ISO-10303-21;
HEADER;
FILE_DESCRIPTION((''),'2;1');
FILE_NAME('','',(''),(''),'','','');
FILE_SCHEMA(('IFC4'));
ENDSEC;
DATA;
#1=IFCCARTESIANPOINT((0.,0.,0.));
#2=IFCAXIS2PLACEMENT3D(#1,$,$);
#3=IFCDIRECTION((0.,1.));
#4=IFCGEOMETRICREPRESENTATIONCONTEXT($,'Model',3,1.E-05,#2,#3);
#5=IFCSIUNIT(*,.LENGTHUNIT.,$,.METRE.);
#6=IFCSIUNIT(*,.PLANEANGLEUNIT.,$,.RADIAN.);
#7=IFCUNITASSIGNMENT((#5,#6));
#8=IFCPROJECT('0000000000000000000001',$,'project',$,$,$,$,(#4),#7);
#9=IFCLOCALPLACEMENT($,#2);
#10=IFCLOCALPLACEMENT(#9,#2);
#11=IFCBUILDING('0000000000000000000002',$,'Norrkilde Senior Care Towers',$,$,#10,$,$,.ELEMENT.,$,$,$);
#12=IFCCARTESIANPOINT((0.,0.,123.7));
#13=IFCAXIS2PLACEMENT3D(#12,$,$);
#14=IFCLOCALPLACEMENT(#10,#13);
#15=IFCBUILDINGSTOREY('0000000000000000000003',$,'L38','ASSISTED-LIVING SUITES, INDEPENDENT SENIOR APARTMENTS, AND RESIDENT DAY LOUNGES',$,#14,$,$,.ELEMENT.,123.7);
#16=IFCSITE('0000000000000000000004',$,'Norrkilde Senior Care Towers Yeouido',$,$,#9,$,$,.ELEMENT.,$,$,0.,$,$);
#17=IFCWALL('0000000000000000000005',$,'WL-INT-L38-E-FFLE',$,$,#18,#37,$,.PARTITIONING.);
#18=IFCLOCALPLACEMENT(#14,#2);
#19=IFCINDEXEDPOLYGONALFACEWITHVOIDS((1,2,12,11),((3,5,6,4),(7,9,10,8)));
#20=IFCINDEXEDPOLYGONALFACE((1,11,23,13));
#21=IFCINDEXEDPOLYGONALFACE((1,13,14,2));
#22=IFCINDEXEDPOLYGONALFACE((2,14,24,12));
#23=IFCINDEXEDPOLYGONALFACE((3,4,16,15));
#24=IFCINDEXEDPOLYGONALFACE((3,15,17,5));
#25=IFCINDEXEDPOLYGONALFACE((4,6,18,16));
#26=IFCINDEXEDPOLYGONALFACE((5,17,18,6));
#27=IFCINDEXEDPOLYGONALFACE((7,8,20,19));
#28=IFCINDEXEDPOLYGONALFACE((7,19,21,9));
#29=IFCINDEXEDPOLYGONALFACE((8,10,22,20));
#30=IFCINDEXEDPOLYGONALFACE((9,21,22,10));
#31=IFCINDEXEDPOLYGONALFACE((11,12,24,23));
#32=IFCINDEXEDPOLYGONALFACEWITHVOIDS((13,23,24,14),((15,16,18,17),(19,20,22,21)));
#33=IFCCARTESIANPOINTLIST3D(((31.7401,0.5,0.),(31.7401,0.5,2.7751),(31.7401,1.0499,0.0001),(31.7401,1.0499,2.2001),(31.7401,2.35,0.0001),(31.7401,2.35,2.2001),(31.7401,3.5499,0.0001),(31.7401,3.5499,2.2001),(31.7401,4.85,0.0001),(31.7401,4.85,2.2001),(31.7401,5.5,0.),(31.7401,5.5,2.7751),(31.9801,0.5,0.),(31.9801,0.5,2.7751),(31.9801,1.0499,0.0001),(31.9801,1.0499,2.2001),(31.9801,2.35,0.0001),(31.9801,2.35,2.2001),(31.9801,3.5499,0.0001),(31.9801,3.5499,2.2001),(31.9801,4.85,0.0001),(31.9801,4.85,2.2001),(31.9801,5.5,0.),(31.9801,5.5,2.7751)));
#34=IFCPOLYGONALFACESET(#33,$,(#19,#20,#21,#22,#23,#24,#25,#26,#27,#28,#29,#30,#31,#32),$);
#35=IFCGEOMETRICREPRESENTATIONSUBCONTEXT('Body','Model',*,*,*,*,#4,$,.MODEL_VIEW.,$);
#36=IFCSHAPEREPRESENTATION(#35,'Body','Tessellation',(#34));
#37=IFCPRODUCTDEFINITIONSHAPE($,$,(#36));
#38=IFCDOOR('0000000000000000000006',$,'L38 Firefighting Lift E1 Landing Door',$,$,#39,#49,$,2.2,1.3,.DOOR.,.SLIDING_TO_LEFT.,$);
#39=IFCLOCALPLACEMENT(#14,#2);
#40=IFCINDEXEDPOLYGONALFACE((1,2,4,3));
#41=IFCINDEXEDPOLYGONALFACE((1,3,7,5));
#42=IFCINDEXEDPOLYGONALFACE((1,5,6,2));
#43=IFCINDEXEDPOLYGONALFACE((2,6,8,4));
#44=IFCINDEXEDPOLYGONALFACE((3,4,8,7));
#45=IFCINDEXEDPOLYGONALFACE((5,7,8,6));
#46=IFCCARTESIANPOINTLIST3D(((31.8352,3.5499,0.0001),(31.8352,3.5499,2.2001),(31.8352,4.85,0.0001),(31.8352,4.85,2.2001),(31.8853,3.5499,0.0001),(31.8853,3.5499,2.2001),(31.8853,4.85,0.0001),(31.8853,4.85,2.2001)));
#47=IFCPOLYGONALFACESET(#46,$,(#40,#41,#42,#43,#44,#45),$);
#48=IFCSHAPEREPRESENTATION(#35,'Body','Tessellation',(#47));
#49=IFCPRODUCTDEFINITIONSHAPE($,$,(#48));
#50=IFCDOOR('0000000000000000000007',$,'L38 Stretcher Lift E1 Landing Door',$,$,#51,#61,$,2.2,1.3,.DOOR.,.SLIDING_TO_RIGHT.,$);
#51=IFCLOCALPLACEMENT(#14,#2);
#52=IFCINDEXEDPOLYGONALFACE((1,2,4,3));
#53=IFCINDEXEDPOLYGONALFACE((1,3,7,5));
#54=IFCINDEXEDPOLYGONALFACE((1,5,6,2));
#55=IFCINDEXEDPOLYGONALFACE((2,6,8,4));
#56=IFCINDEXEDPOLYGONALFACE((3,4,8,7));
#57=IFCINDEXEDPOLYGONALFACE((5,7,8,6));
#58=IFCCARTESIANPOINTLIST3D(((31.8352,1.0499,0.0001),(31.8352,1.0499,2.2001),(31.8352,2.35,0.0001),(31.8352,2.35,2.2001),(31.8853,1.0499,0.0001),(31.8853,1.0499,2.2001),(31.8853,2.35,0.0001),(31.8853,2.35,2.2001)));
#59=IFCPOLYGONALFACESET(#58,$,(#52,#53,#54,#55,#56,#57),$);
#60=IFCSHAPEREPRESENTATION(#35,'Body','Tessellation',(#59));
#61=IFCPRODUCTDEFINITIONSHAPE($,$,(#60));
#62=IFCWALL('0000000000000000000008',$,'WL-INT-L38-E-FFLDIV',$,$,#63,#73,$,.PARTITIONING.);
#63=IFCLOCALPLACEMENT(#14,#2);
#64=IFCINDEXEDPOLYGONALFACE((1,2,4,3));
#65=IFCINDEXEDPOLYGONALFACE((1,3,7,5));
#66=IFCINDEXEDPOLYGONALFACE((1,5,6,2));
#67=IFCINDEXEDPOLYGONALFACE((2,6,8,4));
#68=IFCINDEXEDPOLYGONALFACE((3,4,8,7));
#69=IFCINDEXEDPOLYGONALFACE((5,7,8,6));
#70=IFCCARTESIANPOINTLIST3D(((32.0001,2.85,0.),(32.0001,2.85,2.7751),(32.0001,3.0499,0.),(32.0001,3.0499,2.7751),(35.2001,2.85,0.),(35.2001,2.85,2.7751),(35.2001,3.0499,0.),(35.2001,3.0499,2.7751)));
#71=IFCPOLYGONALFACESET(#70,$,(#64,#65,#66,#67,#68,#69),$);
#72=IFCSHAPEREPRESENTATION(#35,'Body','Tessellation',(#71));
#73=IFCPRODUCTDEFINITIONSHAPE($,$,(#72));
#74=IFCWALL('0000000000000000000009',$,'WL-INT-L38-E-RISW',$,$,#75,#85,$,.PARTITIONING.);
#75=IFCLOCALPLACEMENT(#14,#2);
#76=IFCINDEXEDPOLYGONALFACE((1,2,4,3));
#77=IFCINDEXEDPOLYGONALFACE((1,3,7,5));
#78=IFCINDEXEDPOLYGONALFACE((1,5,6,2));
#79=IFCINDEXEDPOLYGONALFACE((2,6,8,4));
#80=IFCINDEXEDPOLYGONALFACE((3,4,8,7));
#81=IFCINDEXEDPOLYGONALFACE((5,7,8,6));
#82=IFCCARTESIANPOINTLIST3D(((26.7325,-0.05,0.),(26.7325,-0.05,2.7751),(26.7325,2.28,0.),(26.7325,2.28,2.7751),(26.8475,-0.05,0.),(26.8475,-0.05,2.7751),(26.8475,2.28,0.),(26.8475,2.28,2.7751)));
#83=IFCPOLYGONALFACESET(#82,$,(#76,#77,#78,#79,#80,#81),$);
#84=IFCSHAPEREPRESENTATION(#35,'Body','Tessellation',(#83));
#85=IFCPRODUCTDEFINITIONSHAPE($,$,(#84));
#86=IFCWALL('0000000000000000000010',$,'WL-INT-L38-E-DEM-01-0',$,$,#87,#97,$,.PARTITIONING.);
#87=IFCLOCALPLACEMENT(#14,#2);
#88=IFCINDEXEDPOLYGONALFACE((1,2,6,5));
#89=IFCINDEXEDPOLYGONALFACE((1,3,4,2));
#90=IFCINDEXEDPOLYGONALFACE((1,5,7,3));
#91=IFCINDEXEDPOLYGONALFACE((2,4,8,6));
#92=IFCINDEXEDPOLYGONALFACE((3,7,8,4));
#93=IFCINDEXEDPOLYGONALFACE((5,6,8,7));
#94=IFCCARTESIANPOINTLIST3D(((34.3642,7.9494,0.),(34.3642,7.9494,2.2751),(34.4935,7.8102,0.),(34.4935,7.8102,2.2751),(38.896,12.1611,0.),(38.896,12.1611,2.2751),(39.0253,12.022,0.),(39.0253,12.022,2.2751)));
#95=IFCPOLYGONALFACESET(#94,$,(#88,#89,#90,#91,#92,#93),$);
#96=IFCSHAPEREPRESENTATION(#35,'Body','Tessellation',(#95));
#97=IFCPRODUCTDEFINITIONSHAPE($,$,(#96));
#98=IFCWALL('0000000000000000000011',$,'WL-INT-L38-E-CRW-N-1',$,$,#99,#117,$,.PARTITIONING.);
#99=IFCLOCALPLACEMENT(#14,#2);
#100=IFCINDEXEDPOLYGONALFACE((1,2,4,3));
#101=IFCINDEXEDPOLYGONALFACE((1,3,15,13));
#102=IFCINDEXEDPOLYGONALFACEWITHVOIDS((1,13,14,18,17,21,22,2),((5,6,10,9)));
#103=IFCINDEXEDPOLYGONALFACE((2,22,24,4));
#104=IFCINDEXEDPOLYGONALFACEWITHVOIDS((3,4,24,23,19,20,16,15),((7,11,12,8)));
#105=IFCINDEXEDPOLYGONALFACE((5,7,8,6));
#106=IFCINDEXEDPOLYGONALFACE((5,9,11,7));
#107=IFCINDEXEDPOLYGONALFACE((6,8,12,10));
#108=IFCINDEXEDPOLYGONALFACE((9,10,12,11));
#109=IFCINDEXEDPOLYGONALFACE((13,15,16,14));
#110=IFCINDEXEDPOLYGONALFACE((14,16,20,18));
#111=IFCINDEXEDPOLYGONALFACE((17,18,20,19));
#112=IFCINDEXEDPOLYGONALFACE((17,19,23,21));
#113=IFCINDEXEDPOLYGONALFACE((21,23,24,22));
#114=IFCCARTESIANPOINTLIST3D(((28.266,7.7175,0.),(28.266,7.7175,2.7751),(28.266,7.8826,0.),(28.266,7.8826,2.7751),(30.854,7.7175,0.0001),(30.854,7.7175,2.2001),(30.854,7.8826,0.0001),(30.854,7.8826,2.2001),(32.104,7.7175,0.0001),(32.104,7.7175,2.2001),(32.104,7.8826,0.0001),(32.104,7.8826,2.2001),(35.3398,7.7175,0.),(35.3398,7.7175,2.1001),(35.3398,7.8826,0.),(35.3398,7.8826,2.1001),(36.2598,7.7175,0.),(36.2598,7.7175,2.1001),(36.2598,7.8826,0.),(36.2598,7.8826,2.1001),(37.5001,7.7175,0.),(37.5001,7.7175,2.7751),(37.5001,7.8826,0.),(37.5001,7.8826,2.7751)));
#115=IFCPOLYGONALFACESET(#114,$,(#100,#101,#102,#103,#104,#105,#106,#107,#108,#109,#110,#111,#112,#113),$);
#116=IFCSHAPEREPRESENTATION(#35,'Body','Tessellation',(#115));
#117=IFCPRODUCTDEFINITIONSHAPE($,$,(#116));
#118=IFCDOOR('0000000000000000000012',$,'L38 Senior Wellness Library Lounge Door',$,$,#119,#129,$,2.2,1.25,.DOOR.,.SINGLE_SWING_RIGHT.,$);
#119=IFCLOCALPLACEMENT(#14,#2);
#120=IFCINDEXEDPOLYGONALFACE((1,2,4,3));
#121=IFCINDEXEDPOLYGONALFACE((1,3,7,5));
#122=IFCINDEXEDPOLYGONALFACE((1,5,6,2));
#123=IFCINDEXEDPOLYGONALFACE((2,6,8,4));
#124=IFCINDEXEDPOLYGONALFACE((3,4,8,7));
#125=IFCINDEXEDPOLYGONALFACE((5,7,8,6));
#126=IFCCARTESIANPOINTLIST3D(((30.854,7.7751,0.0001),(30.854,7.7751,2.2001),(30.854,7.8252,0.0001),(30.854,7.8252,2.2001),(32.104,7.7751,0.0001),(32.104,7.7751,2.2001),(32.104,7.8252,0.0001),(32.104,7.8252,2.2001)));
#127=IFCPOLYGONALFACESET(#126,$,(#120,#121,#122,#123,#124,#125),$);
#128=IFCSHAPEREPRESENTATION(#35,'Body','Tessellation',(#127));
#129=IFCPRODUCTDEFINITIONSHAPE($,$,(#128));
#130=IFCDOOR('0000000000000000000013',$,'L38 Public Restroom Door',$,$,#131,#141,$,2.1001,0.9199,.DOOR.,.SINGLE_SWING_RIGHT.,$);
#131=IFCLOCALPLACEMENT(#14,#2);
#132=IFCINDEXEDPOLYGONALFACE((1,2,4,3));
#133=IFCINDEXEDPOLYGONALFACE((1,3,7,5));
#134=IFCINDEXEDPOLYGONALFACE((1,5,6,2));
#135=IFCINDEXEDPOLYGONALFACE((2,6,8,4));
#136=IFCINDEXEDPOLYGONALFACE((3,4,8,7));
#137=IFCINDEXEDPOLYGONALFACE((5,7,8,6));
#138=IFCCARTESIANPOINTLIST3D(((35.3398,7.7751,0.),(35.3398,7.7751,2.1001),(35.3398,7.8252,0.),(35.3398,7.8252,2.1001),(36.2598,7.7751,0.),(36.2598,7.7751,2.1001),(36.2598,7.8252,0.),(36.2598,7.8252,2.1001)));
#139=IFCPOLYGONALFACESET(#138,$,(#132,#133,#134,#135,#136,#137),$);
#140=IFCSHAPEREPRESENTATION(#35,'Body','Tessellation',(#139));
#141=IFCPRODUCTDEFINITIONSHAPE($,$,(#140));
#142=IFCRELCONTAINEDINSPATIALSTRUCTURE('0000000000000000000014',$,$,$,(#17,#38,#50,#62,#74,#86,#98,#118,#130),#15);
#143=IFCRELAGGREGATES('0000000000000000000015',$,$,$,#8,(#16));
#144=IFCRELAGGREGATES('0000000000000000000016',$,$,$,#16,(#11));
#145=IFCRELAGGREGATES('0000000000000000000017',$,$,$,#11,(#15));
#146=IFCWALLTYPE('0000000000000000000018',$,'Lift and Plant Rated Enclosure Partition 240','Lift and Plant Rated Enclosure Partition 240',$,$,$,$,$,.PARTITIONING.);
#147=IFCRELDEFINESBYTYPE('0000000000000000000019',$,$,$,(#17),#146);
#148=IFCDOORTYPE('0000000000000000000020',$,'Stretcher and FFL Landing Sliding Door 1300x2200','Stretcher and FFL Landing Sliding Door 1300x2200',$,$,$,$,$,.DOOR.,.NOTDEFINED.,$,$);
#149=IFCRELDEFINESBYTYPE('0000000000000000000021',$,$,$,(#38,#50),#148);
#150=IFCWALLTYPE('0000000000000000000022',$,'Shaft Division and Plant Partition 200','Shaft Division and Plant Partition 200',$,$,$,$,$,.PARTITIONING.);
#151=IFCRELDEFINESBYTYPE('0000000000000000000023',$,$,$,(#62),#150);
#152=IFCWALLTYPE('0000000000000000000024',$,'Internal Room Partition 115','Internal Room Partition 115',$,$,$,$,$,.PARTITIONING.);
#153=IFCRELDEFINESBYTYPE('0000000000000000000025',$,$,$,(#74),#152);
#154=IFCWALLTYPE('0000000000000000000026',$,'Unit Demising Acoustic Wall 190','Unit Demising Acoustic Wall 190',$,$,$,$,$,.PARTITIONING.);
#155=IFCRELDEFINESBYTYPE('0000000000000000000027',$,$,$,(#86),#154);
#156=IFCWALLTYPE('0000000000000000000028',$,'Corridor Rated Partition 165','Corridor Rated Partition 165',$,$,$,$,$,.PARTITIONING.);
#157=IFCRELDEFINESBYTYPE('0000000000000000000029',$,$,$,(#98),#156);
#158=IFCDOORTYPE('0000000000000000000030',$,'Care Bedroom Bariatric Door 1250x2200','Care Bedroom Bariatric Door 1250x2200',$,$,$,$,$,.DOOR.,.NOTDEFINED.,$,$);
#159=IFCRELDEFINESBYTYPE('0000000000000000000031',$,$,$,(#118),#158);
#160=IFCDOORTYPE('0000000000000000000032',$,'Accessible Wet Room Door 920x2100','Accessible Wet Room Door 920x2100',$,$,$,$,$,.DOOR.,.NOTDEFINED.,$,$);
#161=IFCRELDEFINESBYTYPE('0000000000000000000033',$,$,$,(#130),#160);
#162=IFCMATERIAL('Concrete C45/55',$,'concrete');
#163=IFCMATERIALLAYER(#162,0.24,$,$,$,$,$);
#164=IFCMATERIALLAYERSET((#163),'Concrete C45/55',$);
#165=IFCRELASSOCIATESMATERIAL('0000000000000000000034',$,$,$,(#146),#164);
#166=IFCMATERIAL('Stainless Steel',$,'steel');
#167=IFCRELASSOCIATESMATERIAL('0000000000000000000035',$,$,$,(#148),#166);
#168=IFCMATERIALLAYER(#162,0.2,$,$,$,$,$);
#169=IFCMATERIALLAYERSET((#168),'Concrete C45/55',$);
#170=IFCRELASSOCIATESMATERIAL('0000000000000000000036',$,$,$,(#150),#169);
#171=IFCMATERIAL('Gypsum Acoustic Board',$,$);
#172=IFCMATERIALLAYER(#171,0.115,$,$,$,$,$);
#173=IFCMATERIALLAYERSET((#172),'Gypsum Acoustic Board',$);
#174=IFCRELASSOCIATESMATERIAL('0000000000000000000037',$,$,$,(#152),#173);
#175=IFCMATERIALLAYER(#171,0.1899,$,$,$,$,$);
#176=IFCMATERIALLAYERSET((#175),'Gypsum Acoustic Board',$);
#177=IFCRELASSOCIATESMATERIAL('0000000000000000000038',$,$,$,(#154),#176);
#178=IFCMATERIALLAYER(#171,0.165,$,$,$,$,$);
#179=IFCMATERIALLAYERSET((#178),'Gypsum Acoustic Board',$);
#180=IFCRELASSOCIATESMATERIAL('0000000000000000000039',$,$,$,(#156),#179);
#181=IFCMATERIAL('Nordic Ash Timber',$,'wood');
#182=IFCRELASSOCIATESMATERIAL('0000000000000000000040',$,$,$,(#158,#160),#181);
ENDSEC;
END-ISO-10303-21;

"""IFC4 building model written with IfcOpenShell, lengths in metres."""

from ifc_helpers import new_model, si_unit, direction, frame, frame_2d, origin, place, context, subcontext, project, spatial, rectangle, extrude, source, transform, mapped, material, layer, layer_set, type_object, type_shapes, element, fill, save


model = new_model("IFC4")

# Units and contexts
model_context = context("Model", 3, precision=1e-05, world=origin(), true_north=direction((0.0, 1.0)))
body_context = subcontext(model_context, "Body", "Model", "MODEL_VIEW")
ifc_project = project(units=[si_unit("LENGTHUNIT", "METRE"), si_unit("PLANEANGLEUNIT", "RADIAN")], contexts=[model_context])

# Site, building, storey
site_placement = place(None, origin())
site = spatial("IfcSite", under=ifc_project, at=site_placement, Name="Norrkilde Senior Care Towers Yeouido", CompositionType="ELEMENT", RefElevation=0.0)
building_placement = place(site_placement, origin())
building = spatial("IfcBuilding", under=site, at=building_placement, Name="Norrkilde Senior Care Towers", CompositionType="ELEMENT")
storey_placement = place(building_placement, frame((0.0, 0.0, 123.7)))
storey = spatial("IfcBuildingStorey", under=building, at=storey_placement, Name="L38", Description="ASSISTED-LIVING SUITES, INDEPENDENT SENIOR APARTMENTS, AND RESIDENT DAY LOUNGES", CompositionType="ELEMENT", Elevation=123.7)

# Wall, openings, doors
ifc_material_1 = material(Name="Concrete C45/55", Category="concrete")
ifc_layer_1 = layer(ifc_material_1, 0.24)
ifc_layer_set_1 = layer_set([ifc_layer_1], Name="Concrete C45/55")
wall_type_1 = type_object("IfcWallType", Name="Lift and Plant Rated Enclosure Partition 240", Description="Lift and Plant Rated Enclosure Partition 240", PredefinedType="PARTITIONING", material=ifc_layer_set_1)
shared_shape_1 = source(origin(), body_context, "Body", "SweptSolid", [
    extrude(rectangle(XDim=5.0, YDim=0.24, at=frame_2d((2.5, 0.0))), origin(), (0.0, 0.0, 1.0), 2.7751),
])
type_shapes(wall_type_1, [shared_shape_1])
wall_1_placement = place(storey_placement, frame((31.8601, 0.5, 0.0), z_axis=(0.0, 0.0, 1.0), x_axis=(0.0, 1.0, 0.0)))
wall_1 = element("IfcWall", 1, at=wall_1_placement, inside=storey, type_object=wall_type_1, Name="WL-INT-L38-E-FFLE", PredefinedType="PARTITIONING", context=body_context, shape_type="MappedRepresentation", body=[
    mapped(shared_shape_1, transform((0.0, 0.0, 0.0), x_axis=(1.0, 0.0, 0.0), y_axis=(0.0, 1.0, 0.0), z_axis=(0.0, 0.0, 1.0), scale=1.0)),
])
opening_1_placement = place(wall_1_placement, frame((3.05, 0.0, 0.0)))
opening_1 = element("IfcOpeningElement", 2, at=opening_1_placement, cuts=wall_1, PredefinedType="OPENING", context=body_context, shape_type="SweptSolid", body=[
    extrude(rectangle(XDim=1.3, YDim=2.2, at=frame_2d((0.6499, 1.1001))), frame((0.0, 0.1299, 0.0), z_axis=(0.0, -1.0, 0.0), x_axis=(1.0, 0.0, 0.0)), (0.0, 0.0, 1.0), 0.26),
])
opening_2_placement = place(wall_1_placement, frame((0.55, 0.0, 0.0)))
opening_2 = element("IfcOpeningElement", 3, at=opening_2_placement, cuts=wall_1, PredefinedType="OPENING", context=body_context, shape_type="SweptSolid", body=[
    extrude(rectangle(XDim=1.3, YDim=2.2, at=frame_2d((0.6499, 1.1001))), frame((0.0, 0.1299, 0.0), z_axis=(0.0, -1.0, 0.0), x_axis=(1.0, 0.0, 0.0)), (0.0, 0.0, 1.0), 0.26),
])
ifc_material_2 = material(Name="Stainless Steel", Category="steel")
door_type_1 = type_object("IfcDoorType", Name="Stretcher and FFL Landing Sliding Door 1300x2200", Description="Stretcher and FFL Landing Sliding Door 1300x2200", OperationType="NOTDEFINED", PredefinedType="DOOR", material=ifc_material_2)
shared_shape_2 = source(origin(), body_context, "Body", "SweptSolid", [
    extrude(rectangle(XDim=1.3, YDim=2.2, at=frame_2d((0.6499, 1.1001))), frame((0.0, 0.0249, 0.0), z_axis=(0.0, -1.0, 0.0), x_axis=(1.0, 0.0, 0.0)), (0.0, 0.0, 1.0), 0.05),
])
type_shapes(door_type_1, [shared_shape_2])
door_1_placement = place(opening_1_placement, origin())
door_1 = element("IfcDoor", 4, at=door_1_placement, inside=storey, type_object=door_type_1, Name="L38 Firefighting Lift E1 Landing Door", OperationType="SLIDING_TO_LEFT", OverallHeight=2.2, OverallWidth=1.3, PredefinedType="DOOR", context=body_context, shape_type="MappedRepresentation", body=[
    mapped(shared_shape_2, transform((0.0, 0.0, 0.0), x_axis=(1.0, 0.0, 0.0), y_axis=(0.0, 1.0, 0.0), z_axis=(0.0, 0.0, 1.0), scale=1.0)),
])
fill(opening_1, door_1)
door_2_placement = place(opening_2_placement, origin())
door_2 = element("IfcDoor", 5, at=door_2_placement, inside=storey, type_object=door_type_1, Name="L38 Stretcher Lift E1 Landing Door", OperationType="SLIDING_TO_RIGHT", OverallHeight=2.2, OverallWidth=1.3, PredefinedType="DOOR", context=body_context, shape_type="MappedRepresentation", body=[
    mapped(shared_shape_2, transform((0.0, 0.0, 0.0), x_axis=(1.0, 0.0, 0.0), y_axis=(0.0, 1.0, 0.0), z_axis=(0.0, 0.0, 1.0), scale=1.0)),
])
fill(opening_2, door_2)

# Wall
ifc_layer_2 = layer(ifc_material_1, 0.2)
ifc_layer_set_2 = layer_set([ifc_layer_2], Name="Concrete C45/55")
wall_type_2 = type_object("IfcWallType", Name="Shaft Division and Plant Partition 200", Description="Shaft Division and Plant Partition 200", PredefinedType="PARTITIONING", material=ifc_layer_set_2)
shared_shape_3 = source(origin(), body_context, "Body", "SweptSolid", [
    extrude(rectangle(XDim=3.2, YDim=0.2, at=frame_2d((1.6001, 0.0))), origin(), (0.0, 0.0, 1.0), 2.7751),
])
type_shapes(wall_type_2, [shared_shape_3])
wall_2_placement = place(storey_placement, frame((32.0, 2.95, 0.0), z_axis=(0.0, 0.0, 1.0), x_axis=(1.0, 0.0, 0.0)))
element("IfcWall", 6, at=wall_2_placement, inside=storey, type_object=wall_type_2, Name="WL-INT-L38-E-FFLDIV", PredefinedType="PARTITIONING", context=body_context, shape_type="MappedRepresentation", body=[
    mapped(shared_shape_3, transform((0.0, 0.0, 0.0), x_axis=(1.0, 0.0, 0.0), y_axis=(0.0, 1.0, 0.0), z_axis=(0.0, 0.0, 1.0), scale=1.0)),
])

# Wall
ifc_material_3 = material(Name="Gypsum Acoustic Board")
ifc_layer_3 = layer(ifc_material_3, 0.115)
ifc_layer_set_3 = layer_set([ifc_layer_3], Name="Gypsum Acoustic Board")
wall_type_3 = type_object("IfcWallType", Name="Internal Room Partition 115", Description="Internal Room Partition 115", PredefinedType="PARTITIONING", material=ifc_layer_set_3)
shared_shape_4 = source(origin(), body_context, "Body", "SweptSolid", [
    extrude(rectangle(XDim=2.3301, YDim=0.115, at=frame_2d((1.165, 0.0))), origin(), (0.0, 0.0, 1.0), 2.7751),
])
type_shapes(wall_type_3, [shared_shape_4])
wall_3_placement = place(storey_placement, frame((26.79, -0.05, 0.0), z_axis=(0.0, 0.0, 1.0), x_axis=(0.0, 1.0, 0.0)))
element("IfcWall", 7, at=wall_3_placement, inside=storey, type_object=wall_type_3, Name="WL-INT-L38-E-RISW", PredefinedType="PARTITIONING", context=body_context, shape_type="MappedRepresentation", body=[
    mapped(shared_shape_4, transform((0.0, 0.0, 0.0), x_axis=(1.0, 0.0, 0.0), y_axis=(0.0, 1.0, 0.0), z_axis=(0.0, 0.0, 1.0), scale=1.0)),
])

# Wall
ifc_layer_4 = layer(ifc_material_3, 0.1899)
ifc_layer_set_4 = layer_set([ifc_layer_4], Name="Gypsum Acoustic Board")
wall_type_4 = type_object("IfcWallType", Name="Unit Demising Acoustic Wall 190", Description="Unit Demising Acoustic Wall 190", PredefinedType="PARTITIONING", material=ifc_layer_set_4)
shared_shape_5 = source(origin(), body_context, "Body", "SweptSolid", [
    extrude(rectangle(XDim=6.1868, YDim=0.1899, at=frame_2d((3.0933, 0.0))), origin(), (0.0, 0.0, 1.0), 2.2751),
])
type_shapes(wall_type_4, [shared_shape_5])
wall_4_placement = place(storey_placement, frame((34.429, 7.8799, 0.0), z_axis=(0.0, 0.0, 1.0), x_axis=(0.732501, 0.680766, 0.0)))
element("IfcWall", 8, at=wall_4_placement, inside=storey, type_object=wall_type_4, Name="WL-INT-L38-E-DEM-01-0", PredefinedType="PARTITIONING", context=body_context, shape_type="MappedRepresentation", body=[
    mapped(shared_shape_5, transform((0.0, 0.0, 0.0), x_axis=(1.0, 0.0, 0.0), y_axis=(0.0, 1.0, 0.0), z_axis=(0.0, 0.0, 1.0), scale=1.0)),
])

# Wall, openings, doors
ifc_layer_5 = layer(ifc_material_3, 0.165)
ifc_layer_set_5 = layer_set([ifc_layer_5], Name="Gypsum Acoustic Board")
wall_type_5 = type_object("IfcWallType", Name="Corridor Rated Partition 165", Description="Corridor Rated Partition 165", PredefinedType="PARTITIONING", material=ifc_layer_set_5)
shared_shape_6 = source(origin(), body_context, "Body", "SweptSolid", [
    extrude(rectangle(XDim=9.2341, YDim=0.165, at=frame_2d((4.6172, 0.0))), origin(), (0.0, 0.0, 1.0), 2.7751),
])
wall_5_placement = place(storey_placement, frame((28.2659, 7.8, 0.0), z_axis=(0.0, 0.0, 1.0), x_axis=(1.0, 0.0, 0.0)))
wall_5 = element("IfcWall", 9, at=wall_5_placement, inside=storey, type_object=wall_type_5, Name="WL-INT-L38-E-CRW-N-1", PredefinedType="PARTITIONING", context=body_context, shape_type="MappedRepresentation", body=[
    mapped(shared_shape_6, transform((0.0, 0.0, 0.0), x_axis=(1.0, 0.0, 0.0), y_axis=(0.0, 1.0, 0.0), z_axis=(0.0, 0.0, 1.0), scale=1.0)),
])
opening_3_placement = place(wall_5_placement, frame((7.074, 0.0, 0.0)))
opening_3 = element("IfcOpeningElement", 10, at=opening_3_placement, cuts=wall_5, PredefinedType="OPENING", context=body_context, shape_type="SweptSolid", body=[
    extrude(rectangle(XDim=0.9199, YDim=2.1001, at=frame_2d((0.46, 1.05))), frame((0.0, 0.0925, 0.0), z_axis=(0.0, -1.0, 0.0), x_axis=(1.0, 0.0, 0.0)), (0.0, 0.0, 1.0), 0.1851),
])
opening_4_placement = place(wall_5_placement, frame((2.5881, 0.0, 0.0)))
opening_4 = element("IfcOpeningElement", 11, at=opening_4_placement, cuts=wall_5, PredefinedType="OPENING", context=body_context, shape_type="SweptSolid", body=[
    extrude(rectangle(XDim=1.25, YDim=2.2, at=frame_2d((0.625, 1.1001))), frame((0.0, 0.0925, 0.0), z_axis=(0.0, -1.0, 0.0), x_axis=(1.0, 0.0, 0.0)), (0.0, 0.0, 1.0), 0.1851),
])
ifc_material_4 = material(Name="Nordic Ash Timber", Category="wood")
door_type_2 = type_object("IfcDoorType", Name="Care Bedroom Bariatric Door 1250x2200", Description="Care Bedroom Bariatric Door 1250x2200", OperationType="NOTDEFINED", PredefinedType="DOOR", material=ifc_material_4)
shared_shape_7 = source(origin(), body_context, "Body", "SweptSolid", [
    extrude(rectangle(XDim=1.25, YDim=2.2, at=frame_2d((0.625, 1.1001))), frame((0.0, 0.0249, 0.0), z_axis=(0.0, -1.0, 0.0), x_axis=(1.0, 0.0, 0.0)), (0.0, 0.0, 1.0), 0.05),
])
type_shapes(door_type_2, [shared_shape_7])
door_3_placement = place(opening_4_placement, frame((1.25, 0.0, 0.0), z_axis=(0.0, 0.0, 1.0), x_axis=(-1.0, 0.0, 0.0)))
door_3 = element("IfcDoor", 12, at=door_3_placement, inside=storey, type_object=door_type_2, Name="L38 Senior Wellness Library Lounge Door", OperationType="SINGLE_SWING_RIGHT", OverallHeight=2.2, OverallWidth=1.25, PredefinedType="DOOR", context=body_context, shape_type="MappedRepresentation", body=[
    mapped(shared_shape_7, transform((0.0, 0.0, 0.0), x_axis=(1.0, 0.0, 0.0), y_axis=(0.0, 1.0, 0.0), z_axis=(0.0, 0.0, 1.0), scale=1.0)),
])
fill(opening_4, door_3)
door_type_3 = type_object("IfcDoorType", Name="Accessible Wet Room Door 920x2100", Description="Accessible Wet Room Door 920x2100", OperationType="NOTDEFINED", PredefinedType="DOOR", material=ifc_material_4)
shared_shape_8 = source(origin(), body_context, "Body", "SweptSolid", [
    extrude(rectangle(XDim=0.9199, YDim=2.1001, at=frame_2d((0.46, 1.05))), frame((0.0, 0.0249, 0.0), z_axis=(0.0, -1.0, 0.0), x_axis=(1.0, 0.0, 0.0)), (0.0, 0.0, 1.0), 0.05),
])
type_shapes(door_type_3, [shared_shape_8])
door_4_placement = place(opening_3_placement, frame((0.9199, 0.0, 0.0), z_axis=(0.0, 0.0, 1.0), x_axis=(-1.0, 0.0, 0.0)))
door_4 = element("IfcDoor", 13, at=door_4_placement, inside=storey, type_object=door_type_3, Name="L38 Public Restroom Door", OperationType="SINGLE_SWING_RIGHT", OverallHeight=2.1001, OverallWidth=0.9199, PredefinedType="DOOR", context=body_context, shape_type="MappedRepresentation", body=[
    mapped(shared_shape_8, transform((0.0, 0.0, 0.0), x_axis=(1.0, 0.0, 0.0), y_axis=(0.0, 1.0, 0.0), z_axis=(0.0, 0.0, 1.0), scale=1.0)),
])
fill(opening_3, door_4)

save(model, "model.ifc")
